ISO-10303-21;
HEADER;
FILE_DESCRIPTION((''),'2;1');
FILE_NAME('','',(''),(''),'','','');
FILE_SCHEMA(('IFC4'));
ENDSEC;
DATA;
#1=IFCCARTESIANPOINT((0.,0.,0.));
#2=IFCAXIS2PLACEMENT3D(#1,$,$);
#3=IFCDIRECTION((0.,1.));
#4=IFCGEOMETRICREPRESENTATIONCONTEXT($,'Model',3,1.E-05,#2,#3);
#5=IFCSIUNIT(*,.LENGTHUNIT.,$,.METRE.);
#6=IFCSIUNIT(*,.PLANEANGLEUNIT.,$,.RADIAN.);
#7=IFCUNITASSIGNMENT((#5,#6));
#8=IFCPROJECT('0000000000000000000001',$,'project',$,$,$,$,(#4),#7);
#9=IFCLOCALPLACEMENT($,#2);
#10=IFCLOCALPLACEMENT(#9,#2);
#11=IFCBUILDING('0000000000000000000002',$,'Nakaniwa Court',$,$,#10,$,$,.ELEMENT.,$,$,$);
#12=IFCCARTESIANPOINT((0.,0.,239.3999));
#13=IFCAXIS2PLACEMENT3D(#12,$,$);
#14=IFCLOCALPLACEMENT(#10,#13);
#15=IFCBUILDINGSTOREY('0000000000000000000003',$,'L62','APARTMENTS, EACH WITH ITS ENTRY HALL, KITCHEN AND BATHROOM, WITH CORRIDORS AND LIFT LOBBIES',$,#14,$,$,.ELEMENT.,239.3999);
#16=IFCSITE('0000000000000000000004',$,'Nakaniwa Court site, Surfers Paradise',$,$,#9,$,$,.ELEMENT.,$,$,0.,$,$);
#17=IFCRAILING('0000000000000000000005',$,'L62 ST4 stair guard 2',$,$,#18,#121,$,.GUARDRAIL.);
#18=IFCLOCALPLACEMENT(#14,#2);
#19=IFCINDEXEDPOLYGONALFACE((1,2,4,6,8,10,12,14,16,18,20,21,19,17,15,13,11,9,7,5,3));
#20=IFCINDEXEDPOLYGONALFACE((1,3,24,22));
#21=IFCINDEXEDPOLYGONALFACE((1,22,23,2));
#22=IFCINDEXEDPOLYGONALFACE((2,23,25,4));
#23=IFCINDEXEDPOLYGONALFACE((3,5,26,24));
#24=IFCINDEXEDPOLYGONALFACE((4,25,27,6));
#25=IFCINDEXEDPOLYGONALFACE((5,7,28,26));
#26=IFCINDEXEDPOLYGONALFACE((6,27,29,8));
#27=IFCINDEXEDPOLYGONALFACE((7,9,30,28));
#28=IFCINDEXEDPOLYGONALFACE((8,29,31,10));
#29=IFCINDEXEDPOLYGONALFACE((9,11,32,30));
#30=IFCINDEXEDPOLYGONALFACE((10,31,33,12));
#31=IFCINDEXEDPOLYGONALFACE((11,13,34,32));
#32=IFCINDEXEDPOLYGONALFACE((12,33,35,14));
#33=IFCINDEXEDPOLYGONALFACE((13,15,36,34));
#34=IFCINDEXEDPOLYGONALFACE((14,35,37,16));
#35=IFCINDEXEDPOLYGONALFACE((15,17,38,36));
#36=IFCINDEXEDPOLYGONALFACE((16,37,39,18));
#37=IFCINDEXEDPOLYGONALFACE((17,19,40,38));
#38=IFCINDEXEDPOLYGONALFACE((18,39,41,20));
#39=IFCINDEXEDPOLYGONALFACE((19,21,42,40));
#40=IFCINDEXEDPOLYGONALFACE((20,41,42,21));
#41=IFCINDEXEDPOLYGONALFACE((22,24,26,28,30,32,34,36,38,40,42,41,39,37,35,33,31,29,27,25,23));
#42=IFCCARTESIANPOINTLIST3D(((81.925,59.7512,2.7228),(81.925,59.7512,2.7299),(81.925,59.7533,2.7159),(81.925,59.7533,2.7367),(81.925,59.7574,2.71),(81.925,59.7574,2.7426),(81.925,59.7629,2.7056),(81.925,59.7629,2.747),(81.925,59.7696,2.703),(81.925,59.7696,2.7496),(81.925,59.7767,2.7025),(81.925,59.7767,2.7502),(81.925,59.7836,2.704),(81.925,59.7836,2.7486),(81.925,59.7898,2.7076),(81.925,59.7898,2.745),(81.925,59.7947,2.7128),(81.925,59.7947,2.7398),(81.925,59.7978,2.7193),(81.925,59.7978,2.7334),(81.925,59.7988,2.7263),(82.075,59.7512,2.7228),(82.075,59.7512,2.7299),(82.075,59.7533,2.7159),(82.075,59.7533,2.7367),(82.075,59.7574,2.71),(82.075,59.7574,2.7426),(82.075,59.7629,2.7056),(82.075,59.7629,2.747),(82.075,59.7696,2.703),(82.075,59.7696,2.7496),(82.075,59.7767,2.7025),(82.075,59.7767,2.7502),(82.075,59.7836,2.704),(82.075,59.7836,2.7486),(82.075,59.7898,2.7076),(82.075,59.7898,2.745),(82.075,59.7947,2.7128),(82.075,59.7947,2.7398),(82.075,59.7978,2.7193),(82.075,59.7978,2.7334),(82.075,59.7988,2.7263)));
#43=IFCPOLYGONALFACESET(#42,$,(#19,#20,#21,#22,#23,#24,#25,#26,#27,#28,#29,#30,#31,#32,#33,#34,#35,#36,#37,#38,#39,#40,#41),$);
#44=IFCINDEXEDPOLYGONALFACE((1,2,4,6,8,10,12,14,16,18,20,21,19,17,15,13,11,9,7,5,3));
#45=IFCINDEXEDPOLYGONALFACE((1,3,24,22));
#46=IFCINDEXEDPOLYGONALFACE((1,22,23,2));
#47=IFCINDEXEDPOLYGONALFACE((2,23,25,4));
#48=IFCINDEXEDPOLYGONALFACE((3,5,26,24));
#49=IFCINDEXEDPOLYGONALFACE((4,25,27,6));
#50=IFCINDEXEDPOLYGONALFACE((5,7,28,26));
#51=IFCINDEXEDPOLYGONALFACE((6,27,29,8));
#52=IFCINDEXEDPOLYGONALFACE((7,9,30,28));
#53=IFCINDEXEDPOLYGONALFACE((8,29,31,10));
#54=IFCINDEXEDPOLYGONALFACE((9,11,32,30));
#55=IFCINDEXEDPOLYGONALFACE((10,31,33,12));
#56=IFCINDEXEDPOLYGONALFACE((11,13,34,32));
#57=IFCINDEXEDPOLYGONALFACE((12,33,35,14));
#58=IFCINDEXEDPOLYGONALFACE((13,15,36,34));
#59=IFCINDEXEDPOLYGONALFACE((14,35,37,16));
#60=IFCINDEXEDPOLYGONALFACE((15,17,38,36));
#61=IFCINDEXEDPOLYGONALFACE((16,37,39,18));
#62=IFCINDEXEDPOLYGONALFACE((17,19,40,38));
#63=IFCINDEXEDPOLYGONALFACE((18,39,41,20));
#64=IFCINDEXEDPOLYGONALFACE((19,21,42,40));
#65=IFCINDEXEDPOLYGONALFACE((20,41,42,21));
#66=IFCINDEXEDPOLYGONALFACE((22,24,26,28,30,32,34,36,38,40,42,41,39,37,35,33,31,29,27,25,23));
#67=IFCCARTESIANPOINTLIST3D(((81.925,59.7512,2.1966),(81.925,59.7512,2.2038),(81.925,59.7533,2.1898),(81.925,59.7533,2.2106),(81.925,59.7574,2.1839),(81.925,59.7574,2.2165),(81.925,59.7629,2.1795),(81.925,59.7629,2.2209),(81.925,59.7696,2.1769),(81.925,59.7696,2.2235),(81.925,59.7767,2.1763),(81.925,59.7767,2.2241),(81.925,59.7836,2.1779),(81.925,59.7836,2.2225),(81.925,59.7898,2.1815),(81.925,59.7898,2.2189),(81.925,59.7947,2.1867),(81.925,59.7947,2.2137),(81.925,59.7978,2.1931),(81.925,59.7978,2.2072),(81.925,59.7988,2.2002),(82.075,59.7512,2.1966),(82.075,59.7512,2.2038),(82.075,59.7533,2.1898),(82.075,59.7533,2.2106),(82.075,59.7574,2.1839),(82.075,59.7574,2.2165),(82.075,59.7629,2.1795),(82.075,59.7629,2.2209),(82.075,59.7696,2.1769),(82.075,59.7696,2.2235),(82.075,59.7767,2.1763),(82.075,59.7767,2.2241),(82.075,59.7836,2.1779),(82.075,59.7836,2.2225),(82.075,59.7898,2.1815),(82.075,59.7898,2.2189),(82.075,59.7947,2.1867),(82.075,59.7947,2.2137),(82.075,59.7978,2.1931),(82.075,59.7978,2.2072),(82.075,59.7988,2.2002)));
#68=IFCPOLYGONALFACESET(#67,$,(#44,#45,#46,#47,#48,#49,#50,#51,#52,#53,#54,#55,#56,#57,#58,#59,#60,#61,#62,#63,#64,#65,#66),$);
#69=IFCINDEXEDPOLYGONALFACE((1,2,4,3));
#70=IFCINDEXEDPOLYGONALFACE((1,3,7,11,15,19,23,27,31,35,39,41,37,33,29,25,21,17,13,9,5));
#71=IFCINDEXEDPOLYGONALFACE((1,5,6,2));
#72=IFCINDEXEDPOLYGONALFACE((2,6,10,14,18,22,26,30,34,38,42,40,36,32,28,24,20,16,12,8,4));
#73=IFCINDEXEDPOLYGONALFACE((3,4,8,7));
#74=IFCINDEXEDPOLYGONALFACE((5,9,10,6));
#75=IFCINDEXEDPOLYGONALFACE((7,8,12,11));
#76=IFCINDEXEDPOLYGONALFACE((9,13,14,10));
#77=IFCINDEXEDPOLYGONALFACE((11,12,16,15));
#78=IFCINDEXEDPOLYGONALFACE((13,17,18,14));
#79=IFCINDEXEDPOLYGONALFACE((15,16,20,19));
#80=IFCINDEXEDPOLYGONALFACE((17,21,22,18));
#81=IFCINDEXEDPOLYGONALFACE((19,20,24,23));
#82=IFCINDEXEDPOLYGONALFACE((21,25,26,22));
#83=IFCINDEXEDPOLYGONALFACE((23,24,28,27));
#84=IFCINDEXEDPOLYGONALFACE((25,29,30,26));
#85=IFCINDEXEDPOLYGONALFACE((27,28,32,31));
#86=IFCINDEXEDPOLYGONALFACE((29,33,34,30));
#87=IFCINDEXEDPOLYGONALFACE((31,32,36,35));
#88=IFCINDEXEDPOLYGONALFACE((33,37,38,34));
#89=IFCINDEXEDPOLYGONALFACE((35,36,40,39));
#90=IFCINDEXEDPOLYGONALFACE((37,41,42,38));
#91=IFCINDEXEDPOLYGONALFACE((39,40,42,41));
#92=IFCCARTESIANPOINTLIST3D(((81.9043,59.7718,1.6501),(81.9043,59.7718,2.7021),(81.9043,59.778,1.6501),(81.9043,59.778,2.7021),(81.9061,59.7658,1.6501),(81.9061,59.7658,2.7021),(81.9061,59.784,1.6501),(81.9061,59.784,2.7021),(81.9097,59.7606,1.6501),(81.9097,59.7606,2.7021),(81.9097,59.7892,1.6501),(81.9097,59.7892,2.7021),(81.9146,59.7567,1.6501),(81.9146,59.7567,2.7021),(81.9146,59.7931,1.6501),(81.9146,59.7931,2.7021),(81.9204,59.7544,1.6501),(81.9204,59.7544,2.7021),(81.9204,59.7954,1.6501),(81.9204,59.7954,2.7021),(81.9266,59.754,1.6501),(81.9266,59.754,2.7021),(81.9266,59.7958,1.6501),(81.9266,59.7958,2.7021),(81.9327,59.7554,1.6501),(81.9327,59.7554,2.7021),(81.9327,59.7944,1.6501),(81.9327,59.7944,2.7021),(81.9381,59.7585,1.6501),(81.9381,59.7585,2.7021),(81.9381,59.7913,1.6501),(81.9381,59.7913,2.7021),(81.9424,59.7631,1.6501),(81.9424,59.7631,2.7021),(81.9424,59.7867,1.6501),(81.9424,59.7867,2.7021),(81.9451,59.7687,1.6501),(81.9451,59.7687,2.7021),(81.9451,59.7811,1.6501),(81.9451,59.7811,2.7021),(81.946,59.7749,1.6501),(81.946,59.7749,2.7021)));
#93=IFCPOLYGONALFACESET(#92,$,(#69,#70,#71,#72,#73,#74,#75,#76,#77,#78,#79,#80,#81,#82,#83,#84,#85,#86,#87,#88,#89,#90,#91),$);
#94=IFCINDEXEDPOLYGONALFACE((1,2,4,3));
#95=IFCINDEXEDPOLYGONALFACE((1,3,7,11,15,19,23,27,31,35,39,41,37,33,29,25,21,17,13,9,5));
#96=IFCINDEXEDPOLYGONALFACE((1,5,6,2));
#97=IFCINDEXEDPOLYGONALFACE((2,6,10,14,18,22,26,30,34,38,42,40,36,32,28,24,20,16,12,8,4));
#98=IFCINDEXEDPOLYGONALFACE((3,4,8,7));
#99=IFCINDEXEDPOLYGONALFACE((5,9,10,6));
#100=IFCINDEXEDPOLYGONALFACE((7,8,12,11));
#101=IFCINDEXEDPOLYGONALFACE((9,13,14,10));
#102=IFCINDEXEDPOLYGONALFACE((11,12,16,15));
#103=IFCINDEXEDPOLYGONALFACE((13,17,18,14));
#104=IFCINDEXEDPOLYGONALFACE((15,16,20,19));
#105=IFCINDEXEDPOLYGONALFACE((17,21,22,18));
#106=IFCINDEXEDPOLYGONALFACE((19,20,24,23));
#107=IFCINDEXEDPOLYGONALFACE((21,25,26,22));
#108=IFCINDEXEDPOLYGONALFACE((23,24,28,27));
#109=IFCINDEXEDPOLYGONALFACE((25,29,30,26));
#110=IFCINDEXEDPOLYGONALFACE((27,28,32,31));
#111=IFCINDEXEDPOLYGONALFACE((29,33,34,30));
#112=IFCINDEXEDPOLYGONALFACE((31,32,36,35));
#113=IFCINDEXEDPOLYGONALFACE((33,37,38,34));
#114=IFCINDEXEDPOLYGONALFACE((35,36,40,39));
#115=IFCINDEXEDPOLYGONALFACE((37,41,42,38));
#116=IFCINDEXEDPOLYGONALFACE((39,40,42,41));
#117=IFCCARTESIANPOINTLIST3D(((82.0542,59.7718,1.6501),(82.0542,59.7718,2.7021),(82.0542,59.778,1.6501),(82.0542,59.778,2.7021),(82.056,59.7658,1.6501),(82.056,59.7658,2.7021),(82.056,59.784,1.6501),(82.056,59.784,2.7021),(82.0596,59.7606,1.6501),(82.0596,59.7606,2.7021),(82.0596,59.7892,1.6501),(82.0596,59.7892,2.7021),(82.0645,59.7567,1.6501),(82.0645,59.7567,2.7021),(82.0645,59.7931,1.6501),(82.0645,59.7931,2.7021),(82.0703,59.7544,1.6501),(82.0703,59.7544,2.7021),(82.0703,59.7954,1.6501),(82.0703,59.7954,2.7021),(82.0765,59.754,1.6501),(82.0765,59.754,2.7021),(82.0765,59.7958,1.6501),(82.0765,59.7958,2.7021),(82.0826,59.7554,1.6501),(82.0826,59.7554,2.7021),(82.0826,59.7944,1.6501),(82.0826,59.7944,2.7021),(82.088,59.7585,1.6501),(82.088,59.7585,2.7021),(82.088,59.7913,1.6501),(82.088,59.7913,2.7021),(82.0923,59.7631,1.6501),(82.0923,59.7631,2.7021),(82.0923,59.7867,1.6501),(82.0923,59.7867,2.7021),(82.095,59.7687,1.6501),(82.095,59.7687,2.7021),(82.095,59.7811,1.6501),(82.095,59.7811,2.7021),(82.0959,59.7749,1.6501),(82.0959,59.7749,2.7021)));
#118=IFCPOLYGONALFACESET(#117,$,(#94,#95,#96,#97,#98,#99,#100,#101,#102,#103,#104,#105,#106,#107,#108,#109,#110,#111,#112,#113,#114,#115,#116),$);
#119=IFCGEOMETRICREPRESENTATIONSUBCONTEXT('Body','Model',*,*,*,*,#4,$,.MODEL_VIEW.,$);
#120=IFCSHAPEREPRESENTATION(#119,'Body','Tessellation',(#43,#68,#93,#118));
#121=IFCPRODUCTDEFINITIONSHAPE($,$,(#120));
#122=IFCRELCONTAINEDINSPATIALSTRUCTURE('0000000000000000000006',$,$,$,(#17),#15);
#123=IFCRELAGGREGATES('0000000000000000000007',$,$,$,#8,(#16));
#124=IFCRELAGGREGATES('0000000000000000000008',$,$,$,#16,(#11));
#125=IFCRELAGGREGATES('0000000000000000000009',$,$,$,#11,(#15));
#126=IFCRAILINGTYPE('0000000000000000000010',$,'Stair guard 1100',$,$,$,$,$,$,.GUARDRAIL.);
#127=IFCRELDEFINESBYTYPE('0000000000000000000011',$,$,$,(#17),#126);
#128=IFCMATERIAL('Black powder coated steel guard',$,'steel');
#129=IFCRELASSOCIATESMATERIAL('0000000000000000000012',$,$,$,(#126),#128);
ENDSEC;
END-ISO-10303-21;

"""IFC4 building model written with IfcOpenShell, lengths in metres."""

from ifc_helpers import new_model, si_unit, direction, frame, origin, origin_2d, place, context, subcontext, project, spatial, circle, extrude, material, type_object, element, save


model = new_model("IFC4")

# Units and contexts
model_context = context("Model", 3, precision=1e-05, world=origin(), true_north=direction((0.0, 1.0)))
body_context = subcontext(model_context, "Body", "Model", "MODEL_VIEW")
ifc_project = project(units=[si_unit("LENGTHUNIT", "METRE"), si_unit("PLANEANGLEUNIT", "RADIAN")], contexts=[model_context])

# Site, building, storey
site_placement = place(None, origin())
site = spatial("IfcSite", under=ifc_project, at=site_placement, Name="Nakaniwa Court site, Surfers Paradise", CompositionType="ELEMENT", RefElevation=0.0)
building_placement = place(site_placement, origin())
building = spatial("IfcBuilding", under=site, at=building_placement, Name="Nakaniwa Court", CompositionType="ELEMENT")
storey_placement = place(building_placement, frame((0.0, 0.0, 239.3999)))
storey = spatial("IfcBuildingStorey", under=building, at=storey_placement, Name="L62", Description="APARTMENTS, EACH WITH ITS ENTRY HALL, KITCHEN AND BATHROOM, WITH CORRIDORS AND LIFT LOBBIES", CompositionType="ELEMENT", Elevation=239.3999)

# Railing
ifc_material_1 = material(Name="Black powder coated steel guard", Category="steel")
railing_type_1 = type_object("IfcRailingType", Name="Stair guard 1100", PredefinedType="GUARDRAIL", material=ifc_material_1)
railing_1_placement = place(storey_placement, frame((81.925, 59.7749, 1.6501)))
element("IfcRailing", 1, at=railing_1_placement, inside=storey, type_object=railing_type_1, Name="L62 ST4 stair guard 2", PredefinedType="GUARDRAIL", context=body_context, shape_type="SweptSolid", body=[
    extrude(circle(Radius=0.0239, at=origin_2d()), frame((0.0, 0.0, 1.0762), z_axis=(1.0, 0.0, 0.0), x_axis=(0.0, 1.0, 0.0)), (0.0, 0.0, 1.0), 0.1499),
    extrude(circle(Radius=0.0239, at=origin_2d()), frame((0.0, 0.0, 0.55), z_axis=(1.0, 0.0, 0.0), x_axis=(0.0, 1.0, 0.0)), (0.0, 0.0, 1.0), 0.1499),
    extrude(circle(Radius=0.021, at=origin_2d()), origin(), (0.0, 0.0, 1.0), 1.052),
    extrude(circle(Radius=0.021, at=origin_2d()), frame((0.1499, 0.0, 0.0)), (0.0, 0.0, 1.0), 1.052),
])

save(model, "model.ifc")
